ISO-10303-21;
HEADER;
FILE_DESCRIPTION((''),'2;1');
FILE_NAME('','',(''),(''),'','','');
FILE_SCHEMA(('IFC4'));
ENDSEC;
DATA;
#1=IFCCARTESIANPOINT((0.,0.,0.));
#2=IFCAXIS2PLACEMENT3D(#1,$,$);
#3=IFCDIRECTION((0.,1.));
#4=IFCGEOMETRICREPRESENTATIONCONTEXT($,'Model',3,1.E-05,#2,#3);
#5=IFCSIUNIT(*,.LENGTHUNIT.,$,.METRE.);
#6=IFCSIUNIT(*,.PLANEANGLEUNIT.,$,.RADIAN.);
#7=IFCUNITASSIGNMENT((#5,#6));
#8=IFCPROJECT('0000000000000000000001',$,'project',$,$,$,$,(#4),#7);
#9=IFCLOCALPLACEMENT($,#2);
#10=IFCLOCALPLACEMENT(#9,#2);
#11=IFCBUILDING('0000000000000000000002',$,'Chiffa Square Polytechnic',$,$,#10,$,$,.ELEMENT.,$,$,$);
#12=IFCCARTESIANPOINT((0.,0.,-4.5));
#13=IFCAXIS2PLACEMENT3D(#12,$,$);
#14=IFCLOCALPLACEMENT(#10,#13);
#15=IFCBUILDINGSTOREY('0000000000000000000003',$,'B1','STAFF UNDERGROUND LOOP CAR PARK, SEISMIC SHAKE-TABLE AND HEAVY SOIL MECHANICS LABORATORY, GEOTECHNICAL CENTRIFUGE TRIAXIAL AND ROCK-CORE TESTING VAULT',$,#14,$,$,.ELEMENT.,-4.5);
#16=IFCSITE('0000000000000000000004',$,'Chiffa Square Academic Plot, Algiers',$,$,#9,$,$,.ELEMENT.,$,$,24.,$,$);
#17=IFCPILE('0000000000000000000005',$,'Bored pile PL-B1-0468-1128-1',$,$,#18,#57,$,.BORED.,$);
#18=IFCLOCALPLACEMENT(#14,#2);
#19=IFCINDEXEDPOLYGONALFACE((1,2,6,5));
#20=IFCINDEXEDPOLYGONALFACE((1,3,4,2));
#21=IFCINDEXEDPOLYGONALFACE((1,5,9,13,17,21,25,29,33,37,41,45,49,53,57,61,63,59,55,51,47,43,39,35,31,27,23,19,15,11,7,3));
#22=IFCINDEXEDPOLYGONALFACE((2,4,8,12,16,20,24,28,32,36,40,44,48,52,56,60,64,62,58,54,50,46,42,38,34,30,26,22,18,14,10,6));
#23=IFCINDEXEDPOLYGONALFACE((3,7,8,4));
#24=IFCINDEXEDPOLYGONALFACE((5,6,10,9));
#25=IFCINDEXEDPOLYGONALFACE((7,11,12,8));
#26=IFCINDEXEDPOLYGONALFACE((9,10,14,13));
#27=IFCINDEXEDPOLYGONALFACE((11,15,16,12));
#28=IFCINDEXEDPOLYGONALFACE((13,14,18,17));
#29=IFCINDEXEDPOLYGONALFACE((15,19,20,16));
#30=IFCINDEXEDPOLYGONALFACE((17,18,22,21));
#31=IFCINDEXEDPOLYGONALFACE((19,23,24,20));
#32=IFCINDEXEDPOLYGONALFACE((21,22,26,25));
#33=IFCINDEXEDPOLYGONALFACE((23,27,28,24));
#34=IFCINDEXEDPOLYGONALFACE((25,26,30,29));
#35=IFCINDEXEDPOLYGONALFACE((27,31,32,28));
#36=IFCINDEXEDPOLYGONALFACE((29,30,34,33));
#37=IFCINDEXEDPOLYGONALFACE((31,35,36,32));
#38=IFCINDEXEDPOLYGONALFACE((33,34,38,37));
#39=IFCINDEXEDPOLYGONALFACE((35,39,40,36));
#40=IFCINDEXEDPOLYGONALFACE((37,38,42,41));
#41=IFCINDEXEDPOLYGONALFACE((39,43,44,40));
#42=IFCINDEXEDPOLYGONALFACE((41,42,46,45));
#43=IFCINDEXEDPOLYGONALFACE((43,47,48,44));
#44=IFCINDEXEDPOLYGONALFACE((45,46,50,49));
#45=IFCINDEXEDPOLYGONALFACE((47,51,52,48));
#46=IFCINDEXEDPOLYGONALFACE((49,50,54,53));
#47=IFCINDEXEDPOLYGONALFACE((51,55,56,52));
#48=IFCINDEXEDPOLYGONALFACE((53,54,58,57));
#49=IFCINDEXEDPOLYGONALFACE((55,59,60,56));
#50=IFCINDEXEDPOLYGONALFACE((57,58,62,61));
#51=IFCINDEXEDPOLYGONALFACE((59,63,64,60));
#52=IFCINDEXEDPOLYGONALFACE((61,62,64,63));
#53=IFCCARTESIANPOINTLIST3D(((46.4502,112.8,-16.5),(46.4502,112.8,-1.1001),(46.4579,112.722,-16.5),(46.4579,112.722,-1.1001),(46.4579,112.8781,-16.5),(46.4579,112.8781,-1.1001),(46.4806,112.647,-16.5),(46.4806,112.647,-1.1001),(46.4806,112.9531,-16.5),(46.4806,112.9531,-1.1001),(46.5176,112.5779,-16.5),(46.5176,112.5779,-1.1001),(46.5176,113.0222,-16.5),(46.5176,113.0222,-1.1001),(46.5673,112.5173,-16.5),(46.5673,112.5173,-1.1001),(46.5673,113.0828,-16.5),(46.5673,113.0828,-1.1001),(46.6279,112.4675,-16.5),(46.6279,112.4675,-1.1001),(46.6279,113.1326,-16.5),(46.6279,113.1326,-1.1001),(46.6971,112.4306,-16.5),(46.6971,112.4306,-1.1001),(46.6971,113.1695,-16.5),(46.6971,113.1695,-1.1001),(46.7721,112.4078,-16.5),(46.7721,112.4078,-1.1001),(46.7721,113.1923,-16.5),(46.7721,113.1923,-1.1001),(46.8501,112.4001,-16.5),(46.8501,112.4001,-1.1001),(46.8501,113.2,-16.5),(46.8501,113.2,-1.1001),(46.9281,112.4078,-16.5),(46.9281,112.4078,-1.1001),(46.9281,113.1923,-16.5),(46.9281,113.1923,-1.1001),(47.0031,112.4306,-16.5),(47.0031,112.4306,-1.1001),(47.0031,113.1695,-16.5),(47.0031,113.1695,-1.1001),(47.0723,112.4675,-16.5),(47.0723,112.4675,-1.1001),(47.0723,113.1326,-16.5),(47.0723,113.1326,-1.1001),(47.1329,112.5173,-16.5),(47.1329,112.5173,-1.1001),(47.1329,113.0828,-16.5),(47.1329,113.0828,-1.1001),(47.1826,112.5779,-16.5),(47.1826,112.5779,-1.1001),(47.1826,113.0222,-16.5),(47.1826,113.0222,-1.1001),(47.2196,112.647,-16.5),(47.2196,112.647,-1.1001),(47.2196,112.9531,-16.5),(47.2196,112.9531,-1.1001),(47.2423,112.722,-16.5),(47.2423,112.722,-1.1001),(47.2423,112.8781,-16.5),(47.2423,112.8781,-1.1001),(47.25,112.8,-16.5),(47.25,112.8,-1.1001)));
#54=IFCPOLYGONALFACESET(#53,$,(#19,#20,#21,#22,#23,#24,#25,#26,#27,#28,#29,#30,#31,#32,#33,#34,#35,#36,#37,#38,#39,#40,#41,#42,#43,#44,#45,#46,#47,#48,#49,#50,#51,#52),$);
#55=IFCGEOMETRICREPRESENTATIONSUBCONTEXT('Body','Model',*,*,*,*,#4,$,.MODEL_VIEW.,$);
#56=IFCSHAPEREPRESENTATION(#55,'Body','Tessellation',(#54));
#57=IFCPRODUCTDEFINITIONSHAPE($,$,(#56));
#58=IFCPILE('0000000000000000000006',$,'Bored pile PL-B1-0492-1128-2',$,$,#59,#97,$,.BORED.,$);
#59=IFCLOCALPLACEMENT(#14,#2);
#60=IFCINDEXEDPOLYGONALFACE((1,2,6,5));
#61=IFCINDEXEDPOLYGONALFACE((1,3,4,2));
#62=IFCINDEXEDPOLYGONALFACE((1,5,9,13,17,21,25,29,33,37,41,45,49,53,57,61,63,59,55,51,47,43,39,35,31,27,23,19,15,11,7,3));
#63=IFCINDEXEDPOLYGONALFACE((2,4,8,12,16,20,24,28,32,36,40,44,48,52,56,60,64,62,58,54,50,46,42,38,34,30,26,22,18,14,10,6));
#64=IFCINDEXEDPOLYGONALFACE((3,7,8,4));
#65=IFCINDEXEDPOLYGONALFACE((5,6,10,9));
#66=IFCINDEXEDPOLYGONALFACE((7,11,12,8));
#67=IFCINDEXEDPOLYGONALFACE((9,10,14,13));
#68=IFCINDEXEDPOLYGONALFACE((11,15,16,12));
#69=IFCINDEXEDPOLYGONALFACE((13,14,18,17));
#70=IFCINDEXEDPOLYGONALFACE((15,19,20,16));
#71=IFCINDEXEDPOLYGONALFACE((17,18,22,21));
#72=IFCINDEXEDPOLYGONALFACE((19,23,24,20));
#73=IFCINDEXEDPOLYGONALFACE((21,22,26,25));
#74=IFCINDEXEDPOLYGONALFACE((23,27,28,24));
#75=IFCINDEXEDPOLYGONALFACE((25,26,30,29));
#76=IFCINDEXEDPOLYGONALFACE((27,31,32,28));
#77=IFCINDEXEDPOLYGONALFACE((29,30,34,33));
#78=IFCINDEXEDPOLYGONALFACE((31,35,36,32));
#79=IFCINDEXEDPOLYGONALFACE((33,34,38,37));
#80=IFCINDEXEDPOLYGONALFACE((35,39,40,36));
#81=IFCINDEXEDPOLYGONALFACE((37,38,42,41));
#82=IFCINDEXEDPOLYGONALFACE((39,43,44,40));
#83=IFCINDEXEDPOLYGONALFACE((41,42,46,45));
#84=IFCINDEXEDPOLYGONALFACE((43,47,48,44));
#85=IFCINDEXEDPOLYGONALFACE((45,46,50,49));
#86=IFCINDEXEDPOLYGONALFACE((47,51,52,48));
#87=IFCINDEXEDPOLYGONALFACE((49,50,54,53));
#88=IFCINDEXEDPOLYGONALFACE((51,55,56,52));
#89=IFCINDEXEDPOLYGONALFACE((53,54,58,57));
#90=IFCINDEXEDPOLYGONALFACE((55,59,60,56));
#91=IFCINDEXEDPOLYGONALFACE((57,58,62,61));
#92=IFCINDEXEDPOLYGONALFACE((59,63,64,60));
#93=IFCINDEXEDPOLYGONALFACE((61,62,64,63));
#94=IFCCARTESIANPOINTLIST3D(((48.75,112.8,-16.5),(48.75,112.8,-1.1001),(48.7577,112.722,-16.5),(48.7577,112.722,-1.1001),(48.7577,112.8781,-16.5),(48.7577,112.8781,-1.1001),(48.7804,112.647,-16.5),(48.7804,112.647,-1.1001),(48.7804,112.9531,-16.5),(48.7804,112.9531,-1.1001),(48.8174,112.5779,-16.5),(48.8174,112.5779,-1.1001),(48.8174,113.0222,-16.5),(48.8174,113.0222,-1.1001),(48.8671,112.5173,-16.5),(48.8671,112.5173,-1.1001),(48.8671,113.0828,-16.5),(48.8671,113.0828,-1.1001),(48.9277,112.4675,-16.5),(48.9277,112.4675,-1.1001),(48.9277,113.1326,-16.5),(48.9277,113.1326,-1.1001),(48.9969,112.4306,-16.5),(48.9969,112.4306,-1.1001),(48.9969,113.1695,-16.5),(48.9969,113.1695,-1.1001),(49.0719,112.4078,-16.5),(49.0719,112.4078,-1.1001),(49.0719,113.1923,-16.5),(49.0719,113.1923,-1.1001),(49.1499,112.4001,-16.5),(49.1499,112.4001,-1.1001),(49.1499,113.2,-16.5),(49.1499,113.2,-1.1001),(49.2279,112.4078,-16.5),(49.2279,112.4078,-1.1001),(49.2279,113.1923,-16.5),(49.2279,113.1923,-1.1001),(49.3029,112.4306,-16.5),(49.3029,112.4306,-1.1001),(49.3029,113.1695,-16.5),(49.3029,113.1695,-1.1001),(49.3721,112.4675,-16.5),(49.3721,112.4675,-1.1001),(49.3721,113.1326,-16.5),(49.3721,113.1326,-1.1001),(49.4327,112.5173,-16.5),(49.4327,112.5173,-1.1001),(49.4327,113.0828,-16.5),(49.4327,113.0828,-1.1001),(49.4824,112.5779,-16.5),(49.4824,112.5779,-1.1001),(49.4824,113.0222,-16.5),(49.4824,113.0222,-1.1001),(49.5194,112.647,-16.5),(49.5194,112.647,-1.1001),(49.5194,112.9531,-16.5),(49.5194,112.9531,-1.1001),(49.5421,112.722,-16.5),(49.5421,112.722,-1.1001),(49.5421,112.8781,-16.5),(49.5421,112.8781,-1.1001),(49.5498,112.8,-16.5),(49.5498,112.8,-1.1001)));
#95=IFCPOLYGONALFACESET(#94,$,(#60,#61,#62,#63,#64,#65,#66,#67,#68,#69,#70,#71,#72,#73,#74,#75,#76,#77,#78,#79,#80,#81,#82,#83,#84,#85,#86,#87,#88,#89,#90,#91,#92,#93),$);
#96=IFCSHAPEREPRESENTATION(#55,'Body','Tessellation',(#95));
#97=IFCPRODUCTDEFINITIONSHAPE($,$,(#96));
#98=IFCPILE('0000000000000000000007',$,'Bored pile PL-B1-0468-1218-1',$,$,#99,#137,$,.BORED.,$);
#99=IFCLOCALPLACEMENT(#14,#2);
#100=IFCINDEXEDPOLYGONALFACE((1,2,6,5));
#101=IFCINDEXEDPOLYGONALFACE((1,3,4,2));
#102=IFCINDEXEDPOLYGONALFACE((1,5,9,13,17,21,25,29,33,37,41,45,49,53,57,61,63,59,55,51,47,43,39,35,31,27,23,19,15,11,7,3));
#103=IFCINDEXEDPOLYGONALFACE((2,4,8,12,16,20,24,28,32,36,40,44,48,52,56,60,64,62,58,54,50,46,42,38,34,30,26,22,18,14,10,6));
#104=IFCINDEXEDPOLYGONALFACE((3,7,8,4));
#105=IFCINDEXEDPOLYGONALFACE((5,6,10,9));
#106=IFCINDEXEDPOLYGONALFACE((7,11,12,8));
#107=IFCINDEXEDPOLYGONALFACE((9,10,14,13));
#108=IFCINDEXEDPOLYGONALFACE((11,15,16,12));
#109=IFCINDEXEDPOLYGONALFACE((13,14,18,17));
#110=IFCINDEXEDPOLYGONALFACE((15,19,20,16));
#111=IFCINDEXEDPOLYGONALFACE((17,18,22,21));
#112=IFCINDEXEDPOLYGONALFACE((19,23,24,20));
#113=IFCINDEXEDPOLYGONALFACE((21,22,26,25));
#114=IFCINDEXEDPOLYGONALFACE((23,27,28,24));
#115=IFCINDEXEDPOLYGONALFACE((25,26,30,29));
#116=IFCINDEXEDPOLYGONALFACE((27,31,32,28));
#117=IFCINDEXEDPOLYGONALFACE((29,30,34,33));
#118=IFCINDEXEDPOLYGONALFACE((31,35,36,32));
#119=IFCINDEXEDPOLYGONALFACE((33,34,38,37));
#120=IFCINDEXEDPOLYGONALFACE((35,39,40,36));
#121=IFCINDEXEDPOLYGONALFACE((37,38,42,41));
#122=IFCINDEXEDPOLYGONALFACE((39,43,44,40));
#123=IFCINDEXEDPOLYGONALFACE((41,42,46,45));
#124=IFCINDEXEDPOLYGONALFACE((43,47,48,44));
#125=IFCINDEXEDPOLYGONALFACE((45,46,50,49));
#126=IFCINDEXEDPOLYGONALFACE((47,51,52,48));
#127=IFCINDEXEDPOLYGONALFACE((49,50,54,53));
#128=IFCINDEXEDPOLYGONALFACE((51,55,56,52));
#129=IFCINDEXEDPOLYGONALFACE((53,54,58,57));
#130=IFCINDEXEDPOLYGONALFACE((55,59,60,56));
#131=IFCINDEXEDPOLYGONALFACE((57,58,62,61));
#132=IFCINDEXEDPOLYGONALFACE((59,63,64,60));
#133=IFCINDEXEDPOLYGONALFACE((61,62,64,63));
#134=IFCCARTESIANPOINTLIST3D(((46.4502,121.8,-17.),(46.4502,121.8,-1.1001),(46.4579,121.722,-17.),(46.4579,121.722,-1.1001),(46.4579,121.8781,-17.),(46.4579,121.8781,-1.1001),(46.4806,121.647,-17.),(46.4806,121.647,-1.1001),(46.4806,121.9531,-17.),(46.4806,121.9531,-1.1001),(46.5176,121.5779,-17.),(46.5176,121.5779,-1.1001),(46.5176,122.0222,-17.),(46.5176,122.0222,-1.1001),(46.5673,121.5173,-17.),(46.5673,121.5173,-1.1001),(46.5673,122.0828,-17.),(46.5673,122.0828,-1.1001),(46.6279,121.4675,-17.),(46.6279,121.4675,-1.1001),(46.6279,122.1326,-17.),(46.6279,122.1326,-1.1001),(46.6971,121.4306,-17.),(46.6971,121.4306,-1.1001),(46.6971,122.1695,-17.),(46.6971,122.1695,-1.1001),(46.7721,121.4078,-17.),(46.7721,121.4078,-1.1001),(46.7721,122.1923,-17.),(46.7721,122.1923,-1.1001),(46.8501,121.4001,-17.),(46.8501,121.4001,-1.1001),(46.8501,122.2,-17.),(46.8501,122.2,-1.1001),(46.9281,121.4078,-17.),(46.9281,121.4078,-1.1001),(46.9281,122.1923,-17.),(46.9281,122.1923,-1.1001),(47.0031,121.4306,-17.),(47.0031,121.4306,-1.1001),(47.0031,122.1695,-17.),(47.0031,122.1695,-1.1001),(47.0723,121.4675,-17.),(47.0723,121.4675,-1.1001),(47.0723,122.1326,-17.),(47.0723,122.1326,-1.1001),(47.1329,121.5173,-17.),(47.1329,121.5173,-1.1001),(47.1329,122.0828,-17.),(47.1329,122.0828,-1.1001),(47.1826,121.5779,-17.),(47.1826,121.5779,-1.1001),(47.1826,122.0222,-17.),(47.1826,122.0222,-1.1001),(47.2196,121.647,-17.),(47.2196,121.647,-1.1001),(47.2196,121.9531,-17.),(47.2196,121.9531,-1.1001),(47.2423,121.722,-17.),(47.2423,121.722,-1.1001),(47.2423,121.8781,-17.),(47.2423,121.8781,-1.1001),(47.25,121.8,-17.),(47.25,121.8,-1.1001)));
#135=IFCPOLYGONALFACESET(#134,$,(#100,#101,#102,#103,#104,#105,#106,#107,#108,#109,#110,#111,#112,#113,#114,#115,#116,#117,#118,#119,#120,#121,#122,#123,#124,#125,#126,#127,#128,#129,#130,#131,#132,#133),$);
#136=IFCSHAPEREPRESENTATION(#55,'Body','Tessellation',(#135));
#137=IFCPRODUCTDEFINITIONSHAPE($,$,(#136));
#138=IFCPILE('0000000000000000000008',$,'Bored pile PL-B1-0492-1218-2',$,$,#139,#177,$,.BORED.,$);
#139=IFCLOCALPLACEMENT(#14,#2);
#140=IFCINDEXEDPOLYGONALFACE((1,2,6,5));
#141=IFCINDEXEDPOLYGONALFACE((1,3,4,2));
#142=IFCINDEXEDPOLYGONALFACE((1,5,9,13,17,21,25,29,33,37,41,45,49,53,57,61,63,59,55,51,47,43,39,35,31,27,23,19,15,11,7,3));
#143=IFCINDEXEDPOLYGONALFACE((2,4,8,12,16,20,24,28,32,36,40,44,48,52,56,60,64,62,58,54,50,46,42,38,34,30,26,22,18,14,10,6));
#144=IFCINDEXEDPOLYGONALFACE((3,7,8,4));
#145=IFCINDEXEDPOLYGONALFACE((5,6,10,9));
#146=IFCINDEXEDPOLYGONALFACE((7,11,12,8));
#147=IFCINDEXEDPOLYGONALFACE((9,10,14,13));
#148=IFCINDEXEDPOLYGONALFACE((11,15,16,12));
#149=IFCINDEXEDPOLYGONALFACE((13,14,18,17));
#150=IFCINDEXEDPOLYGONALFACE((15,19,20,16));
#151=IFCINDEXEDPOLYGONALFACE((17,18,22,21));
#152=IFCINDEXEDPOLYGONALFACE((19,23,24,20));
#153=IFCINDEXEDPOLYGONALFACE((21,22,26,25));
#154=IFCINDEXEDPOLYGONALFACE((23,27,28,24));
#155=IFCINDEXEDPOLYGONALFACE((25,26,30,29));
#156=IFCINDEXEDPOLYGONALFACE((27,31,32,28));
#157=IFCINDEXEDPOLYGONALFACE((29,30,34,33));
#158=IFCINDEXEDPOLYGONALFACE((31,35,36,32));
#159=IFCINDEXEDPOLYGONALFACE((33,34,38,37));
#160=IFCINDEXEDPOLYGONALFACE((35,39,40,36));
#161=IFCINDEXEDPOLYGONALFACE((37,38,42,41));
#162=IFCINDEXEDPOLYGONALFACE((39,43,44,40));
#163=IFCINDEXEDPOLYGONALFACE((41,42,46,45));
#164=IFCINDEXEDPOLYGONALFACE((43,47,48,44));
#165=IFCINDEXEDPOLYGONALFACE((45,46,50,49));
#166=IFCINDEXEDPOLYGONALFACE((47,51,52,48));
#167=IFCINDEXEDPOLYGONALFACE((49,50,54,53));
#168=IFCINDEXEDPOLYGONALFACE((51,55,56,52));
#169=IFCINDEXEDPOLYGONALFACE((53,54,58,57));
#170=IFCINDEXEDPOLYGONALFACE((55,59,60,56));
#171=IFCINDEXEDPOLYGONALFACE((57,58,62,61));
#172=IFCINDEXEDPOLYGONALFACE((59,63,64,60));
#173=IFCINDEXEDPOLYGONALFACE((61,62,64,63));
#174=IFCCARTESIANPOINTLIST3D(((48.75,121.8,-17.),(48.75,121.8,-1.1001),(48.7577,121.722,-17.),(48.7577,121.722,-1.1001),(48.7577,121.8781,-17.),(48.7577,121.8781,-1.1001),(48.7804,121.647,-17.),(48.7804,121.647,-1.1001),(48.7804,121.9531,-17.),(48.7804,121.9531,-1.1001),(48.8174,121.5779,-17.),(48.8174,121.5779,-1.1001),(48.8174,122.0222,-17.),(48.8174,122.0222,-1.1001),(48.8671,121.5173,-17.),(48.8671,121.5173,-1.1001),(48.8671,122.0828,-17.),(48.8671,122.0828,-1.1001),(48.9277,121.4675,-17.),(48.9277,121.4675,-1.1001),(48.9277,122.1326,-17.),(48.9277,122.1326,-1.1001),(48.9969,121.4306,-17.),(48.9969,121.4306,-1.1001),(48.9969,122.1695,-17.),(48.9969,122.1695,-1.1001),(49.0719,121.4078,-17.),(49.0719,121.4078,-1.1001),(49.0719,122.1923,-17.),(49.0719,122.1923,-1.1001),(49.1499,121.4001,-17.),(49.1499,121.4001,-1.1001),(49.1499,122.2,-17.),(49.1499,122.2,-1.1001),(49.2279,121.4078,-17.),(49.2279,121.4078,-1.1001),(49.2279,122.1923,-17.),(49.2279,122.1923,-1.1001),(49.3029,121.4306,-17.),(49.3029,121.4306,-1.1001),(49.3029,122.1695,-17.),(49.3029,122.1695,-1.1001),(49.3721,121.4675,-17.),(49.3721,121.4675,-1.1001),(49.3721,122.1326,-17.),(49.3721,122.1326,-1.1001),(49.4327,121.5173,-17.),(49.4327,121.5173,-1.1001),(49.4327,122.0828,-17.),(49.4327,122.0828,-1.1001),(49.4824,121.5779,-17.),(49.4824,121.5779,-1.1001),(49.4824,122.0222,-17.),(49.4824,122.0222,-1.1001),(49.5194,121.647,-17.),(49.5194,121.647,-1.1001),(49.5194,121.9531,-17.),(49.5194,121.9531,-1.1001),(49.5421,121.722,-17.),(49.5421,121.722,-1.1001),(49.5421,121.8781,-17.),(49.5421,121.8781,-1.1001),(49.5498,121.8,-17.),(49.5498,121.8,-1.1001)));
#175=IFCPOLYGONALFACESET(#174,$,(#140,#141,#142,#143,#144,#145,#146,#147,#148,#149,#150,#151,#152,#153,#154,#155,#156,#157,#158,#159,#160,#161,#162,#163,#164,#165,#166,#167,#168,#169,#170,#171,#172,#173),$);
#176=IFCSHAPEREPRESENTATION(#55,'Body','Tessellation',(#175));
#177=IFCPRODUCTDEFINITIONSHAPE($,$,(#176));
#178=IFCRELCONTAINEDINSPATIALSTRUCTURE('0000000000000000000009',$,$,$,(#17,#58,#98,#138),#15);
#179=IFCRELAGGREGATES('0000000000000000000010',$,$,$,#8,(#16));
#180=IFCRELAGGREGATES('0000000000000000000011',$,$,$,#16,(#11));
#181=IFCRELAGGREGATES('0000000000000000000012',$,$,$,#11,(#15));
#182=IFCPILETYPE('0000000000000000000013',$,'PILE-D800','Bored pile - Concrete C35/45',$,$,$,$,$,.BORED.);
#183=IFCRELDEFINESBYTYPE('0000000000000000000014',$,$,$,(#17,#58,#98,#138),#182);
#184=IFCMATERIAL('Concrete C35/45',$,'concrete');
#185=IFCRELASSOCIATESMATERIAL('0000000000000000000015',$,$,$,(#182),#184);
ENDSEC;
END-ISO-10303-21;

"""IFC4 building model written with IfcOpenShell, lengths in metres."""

from ifc_helpers import new_model, si_unit, direction, frame, origin, origin_2d, place, context, subcontext, project, spatial, circle, extrude, material, material_profile, profile_set, type_object, element, save


model = new_model("IFC4")

# Units and contexts
model_context = context("Model", 3, precision=1e-05, world=origin(), true_north=direction((0.0, 1.0)))
body_context = subcontext(model_context, "Body", "Model", "MODEL_VIEW")
ifc_project = project(units=[si_unit("LENGTHUNIT", "METRE"), si_unit("PLANEANGLEUNIT", "RADIAN")], contexts=[model_context])

# Site, building, storey
site_placement = place(None, origin())
site = spatial("IfcSite", under=ifc_project, at=site_placement, Name="Chiffa Square Academic Plot, Algiers", CompositionType="ELEMENT", RefElevation=24.0)
building_placement = place(site_placement, origin())
building = spatial("IfcBuilding", under=site, at=building_placement, Name="Chiffa Square Polytechnic", CompositionType="ELEMENT")
storey_placement = place(building_placement, frame((0.0, 0.0, -4.5)))
storey = spatial("IfcBuildingStorey", under=building, at=storey_placement, Name="B1", Description="STAFF UNDERGROUND LOOP CAR PARK, SEISMIC SHAKE-TABLE AND HEAVY SOIL MECHANICS LABORATORY, GEOTECHNICAL CENTRIFUGE TRIAXIAL AND ROCK-CORE TESTING VAULT", CompositionType="ELEMENT", Elevation=-4.5)

# Shared definitions
ifc_material_1 = material(Name="Concrete C35/45", Category="concrete")

# Piles
ifc_material_profile_1 = material_profile(ifc_material_1, circle(Radius=0.3999, at=origin_2d()), Name="PILE D800")
ifc_profile_set_1 = profile_set([ifc_material_profile_1], Name="Concrete C35/45")
pile_type_1 = type_object("IfcPileType", Name="PILE-D800", Description="Bored pile - Concrete C35/45", PredefinedType="BORED", material=ifc_profile_set_1)
for number, where, z_axis, x_axis, name in (
    (1, (46.8501, 112.8, -1.1001), (0.0, 0.0, -1.0), (1.0, 0.0, 0.0), "Bored pile PL-B1-0468-1128-1"),
    (2, (49.1499, 112.8, -1.1001), (0.0, 0.0, -1.0), (1.0, 0.0, 0.0), "Bored pile PL-B1-0492-1128-2"),
):
    element("IfcPile", number, at=place(storey_placement, frame(where, z_axis=z_axis, x_axis=x_axis)), inside=storey, type_object=pile_type_1, Name=name, PredefinedType="BORED", context=body_context, shape_type="SweptSolid", body=[
        extrude(circle(Radius=0.3999, at=origin_2d()), origin(), (0.0, 0.0, 1.0), 15.3999),
    ])
for number, where, z_axis, x_axis, name in (
    (3, (46.8501, 121.8, -1.1001), (0.0, 0.0, -1.0), (1.0, 0.0, 0.0), "Bored pile PL-B1-0468-1218-1"),
    (4, (49.1499, 121.8, -1.1001), (0.0, 0.0, -1.0), (1.0, 0.0, 0.0), "Bored pile PL-B1-0492-1218-2"),
):
    element("IfcPile", number, at=place(storey_placement, frame(where, z_axis=z_axis, x_axis=x_axis)), inside=storey, type_object=pile_type_1, Name=name, PredefinedType="BORED", context=body_context, shape_type="SweptSolid", body=[
        extrude(circle(Radius=0.3999, at=origin_2d()), origin(), (0.0, 0.0, 1.0), 15.8999),
    ])

save(model, "model.ifc")
